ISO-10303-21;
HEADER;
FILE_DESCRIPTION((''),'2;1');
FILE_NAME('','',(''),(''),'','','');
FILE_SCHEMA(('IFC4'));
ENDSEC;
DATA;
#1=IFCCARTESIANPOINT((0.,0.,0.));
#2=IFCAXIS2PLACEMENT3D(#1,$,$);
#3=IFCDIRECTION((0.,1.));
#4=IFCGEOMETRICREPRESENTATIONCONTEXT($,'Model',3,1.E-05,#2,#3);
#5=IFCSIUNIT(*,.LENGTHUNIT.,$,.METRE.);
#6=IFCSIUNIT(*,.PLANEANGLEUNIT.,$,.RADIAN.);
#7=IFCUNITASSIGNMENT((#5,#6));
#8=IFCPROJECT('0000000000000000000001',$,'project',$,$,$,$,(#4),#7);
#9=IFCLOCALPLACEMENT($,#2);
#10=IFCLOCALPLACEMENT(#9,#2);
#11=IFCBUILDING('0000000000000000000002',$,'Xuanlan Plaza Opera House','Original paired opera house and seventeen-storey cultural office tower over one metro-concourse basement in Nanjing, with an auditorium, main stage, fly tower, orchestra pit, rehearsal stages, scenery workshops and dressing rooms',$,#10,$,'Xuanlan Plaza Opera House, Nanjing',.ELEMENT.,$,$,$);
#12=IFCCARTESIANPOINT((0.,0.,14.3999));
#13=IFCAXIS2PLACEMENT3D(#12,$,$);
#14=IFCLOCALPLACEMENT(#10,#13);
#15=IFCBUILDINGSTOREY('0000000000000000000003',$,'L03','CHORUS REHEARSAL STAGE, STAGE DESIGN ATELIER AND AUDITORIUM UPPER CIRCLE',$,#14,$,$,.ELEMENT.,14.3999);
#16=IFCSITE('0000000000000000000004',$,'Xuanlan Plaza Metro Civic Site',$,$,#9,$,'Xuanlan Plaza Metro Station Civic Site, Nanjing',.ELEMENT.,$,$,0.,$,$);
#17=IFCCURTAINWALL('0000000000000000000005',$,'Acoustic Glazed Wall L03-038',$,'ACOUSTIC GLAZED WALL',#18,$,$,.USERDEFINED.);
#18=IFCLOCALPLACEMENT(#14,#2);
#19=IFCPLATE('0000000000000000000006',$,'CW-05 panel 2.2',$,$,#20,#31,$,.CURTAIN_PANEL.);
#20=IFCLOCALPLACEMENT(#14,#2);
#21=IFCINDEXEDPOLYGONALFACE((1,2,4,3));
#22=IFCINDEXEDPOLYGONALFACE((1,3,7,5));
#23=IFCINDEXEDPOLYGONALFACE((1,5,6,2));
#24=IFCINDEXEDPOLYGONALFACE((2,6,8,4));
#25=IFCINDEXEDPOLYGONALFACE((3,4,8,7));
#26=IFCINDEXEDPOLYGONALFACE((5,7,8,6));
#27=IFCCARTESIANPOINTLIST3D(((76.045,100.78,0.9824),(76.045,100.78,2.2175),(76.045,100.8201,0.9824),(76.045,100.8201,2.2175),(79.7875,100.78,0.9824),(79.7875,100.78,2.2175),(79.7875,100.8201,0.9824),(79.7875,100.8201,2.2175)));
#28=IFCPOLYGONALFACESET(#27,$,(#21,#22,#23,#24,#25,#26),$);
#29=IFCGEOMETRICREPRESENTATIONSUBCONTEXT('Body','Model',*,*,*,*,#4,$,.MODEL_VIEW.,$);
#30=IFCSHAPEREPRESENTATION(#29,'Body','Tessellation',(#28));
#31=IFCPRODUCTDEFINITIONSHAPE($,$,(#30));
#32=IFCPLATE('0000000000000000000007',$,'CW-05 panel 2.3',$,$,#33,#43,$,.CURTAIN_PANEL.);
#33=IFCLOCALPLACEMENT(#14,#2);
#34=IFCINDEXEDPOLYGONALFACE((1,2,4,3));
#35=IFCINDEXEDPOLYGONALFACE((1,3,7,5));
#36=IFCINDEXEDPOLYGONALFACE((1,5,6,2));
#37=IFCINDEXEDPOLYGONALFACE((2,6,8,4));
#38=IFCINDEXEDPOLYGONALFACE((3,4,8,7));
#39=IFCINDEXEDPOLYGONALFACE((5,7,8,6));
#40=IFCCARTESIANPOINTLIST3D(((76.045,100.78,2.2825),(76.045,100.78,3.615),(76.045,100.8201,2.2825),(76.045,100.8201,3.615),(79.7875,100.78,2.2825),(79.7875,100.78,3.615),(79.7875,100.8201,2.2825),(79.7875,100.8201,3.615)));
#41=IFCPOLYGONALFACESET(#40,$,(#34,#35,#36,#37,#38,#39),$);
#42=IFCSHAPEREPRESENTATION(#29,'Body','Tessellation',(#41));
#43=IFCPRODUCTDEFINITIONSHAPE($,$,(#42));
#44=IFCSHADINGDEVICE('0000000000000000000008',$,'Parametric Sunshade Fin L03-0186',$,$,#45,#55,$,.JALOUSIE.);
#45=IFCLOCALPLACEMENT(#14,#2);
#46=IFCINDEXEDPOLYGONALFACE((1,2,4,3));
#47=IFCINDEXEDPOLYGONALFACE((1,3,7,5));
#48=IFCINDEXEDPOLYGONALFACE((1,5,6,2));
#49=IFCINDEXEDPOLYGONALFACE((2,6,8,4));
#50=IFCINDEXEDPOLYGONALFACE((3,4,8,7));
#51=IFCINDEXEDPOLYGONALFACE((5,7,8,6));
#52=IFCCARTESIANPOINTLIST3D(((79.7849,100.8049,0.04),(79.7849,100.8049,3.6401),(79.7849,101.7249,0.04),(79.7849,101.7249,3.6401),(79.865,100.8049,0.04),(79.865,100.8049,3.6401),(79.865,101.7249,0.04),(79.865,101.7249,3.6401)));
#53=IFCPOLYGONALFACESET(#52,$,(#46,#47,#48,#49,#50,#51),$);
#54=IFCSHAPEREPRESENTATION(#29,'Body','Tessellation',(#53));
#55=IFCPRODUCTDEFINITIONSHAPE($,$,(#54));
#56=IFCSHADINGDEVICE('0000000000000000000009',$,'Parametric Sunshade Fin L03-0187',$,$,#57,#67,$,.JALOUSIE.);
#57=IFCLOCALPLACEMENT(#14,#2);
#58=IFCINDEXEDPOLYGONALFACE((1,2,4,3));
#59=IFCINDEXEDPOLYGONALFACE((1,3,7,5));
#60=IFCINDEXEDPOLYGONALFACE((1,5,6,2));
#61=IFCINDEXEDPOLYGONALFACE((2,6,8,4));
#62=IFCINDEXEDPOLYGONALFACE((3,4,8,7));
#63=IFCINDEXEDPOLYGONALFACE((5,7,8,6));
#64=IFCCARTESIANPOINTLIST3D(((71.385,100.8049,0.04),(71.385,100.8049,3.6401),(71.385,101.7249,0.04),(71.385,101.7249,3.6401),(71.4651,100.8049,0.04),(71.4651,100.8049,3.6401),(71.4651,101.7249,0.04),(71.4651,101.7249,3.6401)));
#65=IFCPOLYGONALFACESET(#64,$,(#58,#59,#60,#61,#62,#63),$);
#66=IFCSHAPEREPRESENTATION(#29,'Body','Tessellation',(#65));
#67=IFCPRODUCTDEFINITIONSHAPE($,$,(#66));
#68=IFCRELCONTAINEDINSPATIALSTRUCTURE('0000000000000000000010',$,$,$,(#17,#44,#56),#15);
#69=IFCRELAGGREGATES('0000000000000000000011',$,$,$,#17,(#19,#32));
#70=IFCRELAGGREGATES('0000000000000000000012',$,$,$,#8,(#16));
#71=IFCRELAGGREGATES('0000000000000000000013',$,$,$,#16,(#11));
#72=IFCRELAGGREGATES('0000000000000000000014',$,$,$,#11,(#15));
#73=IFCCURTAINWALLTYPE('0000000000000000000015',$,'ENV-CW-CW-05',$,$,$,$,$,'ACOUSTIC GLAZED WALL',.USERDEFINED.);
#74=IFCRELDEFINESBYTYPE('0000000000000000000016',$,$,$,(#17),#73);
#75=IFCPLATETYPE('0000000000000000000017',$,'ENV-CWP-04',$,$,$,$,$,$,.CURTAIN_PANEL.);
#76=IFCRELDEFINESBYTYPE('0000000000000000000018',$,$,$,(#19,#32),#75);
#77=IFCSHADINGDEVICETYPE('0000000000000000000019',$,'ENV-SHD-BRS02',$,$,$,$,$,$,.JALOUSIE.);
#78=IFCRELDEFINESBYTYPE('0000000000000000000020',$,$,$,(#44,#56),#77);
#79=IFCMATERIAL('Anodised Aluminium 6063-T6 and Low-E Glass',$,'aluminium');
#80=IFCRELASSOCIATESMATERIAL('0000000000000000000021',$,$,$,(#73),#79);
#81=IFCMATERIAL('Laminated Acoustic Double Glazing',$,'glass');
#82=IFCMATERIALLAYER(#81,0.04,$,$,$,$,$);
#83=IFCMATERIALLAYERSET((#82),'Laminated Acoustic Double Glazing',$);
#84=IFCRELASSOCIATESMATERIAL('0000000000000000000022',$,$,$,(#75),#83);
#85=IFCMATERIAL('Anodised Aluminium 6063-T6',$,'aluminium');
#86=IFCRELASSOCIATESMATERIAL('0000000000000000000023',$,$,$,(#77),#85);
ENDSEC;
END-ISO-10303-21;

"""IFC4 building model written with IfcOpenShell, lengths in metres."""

from ifc_helpers import new_model, si_unit, direction, frame, origin, origin_2d, place, context, subcontext, project, spatial, rectangle, extrude, material, layer, layer_set, type_object, element, aggregate, save


model = new_model("IFC4")

# Units and contexts
model_context = context("Model", 3, precision=1e-05, world=origin(), true_north=direction((0.0, 1.0)))
body_context = subcontext(model_context, "Body", "Model", "MODEL_VIEW")
ifc_project = project(units=[si_unit("LENGTHUNIT", "METRE"), si_unit("PLANEANGLEUNIT", "RADIAN")], contexts=[model_context])

# Site, building, storey
site_placement = place(None, origin())
site = spatial("IfcSite", under=ifc_project, at=site_placement, Name="Xuanlan Plaza Metro Civic Site", LongName="Xuanlan Plaza Metro Station Civic Site, Nanjing", CompositionType="ELEMENT", RefElevation=0.0)
building_placement = place(site_placement, origin())
building = spatial("IfcBuilding", under=site, at=building_placement, Name="Xuanlan Plaza Opera House", Description="Original paired opera house and seventeen-storey cultural office tower over one metro-concourse basement in Nanjing, with an auditorium, main stage, fly tower, orchestra pit, rehearsal stages, scenery workshops and dressing rooms", LongName="Xuanlan Plaza Opera House, Nanjing", CompositionType="ELEMENT")
storey_placement = place(building_placement, frame((0.0, 0.0, 14.3999)))
storey = spatial("IfcBuildingStorey", under=building, at=storey_placement, Name="L03", Description="CHORUS REHEARSAL STAGE, STAGE DESIGN ATELIER AND AUDITORIUM UPPER CIRCLE", CompositionType="ELEMENT", Elevation=14.3999)

# Curtain wall
ifc_material_1 = material(Name="Anodised Aluminium 6063-T6 and Low-E Glass", Category="aluminium")
curtain_wall_type_1 = type_object("IfcCurtainWallType", Name="ENV-CW-CW-05", ElementType="ACOUSTIC GLAZED WALL", PredefinedType="USERDEFINED", material=ifc_material_1)
curtain_wall_1_placement = place(storey_placement, origin())
curtain_wall_1 = element("IfcCurtainWall", 1, at=curtain_wall_1_placement, inside=storey, type_object=curtain_wall_type_1, Name="Acoustic Glazed Wall L03-038", ObjectType="ACOUSTIC GLAZED WALL", PredefinedType="USERDEFINED")
ifc_material_2 = material(Name="Anodised Aluminium 6063-T6", Category="aluminium")

# Plates
ifc_material_3 = material(Name="Laminated Acoustic Double Glazing", Category="glass")
ifc_layer_1 = layer(ifc_material_3, 0.04)
ifc_layer_set_1 = layer_set([ifc_layer_1], Name="Laminated Acoustic Double Glazing")
plate_type_1 = type_object("IfcPlateType", Name="ENV-CWP-04", PredefinedType="CURTAIN_PANEL", material=ifc_layer_set_1)
plate_1_placement = place(storey_placement, frame((77.9163, 100.8, 0.9824), z_axis=(0.0, 0.0, 1.0), x_axis=(-1.0, 0.0, 0.0)))
plate_1 = element("IfcPlate", 2, at=plate_1_placement, type_object=plate_type_1, Name="CW-05 panel 2.2", PredefinedType="CURTAIN_PANEL", context=body_context, shape_type="SweptSolid", body=[
    extrude(rectangle(XDim=3.7424, YDim=0.04, at=origin_2d()), origin(), (0.0, 0.0, 1.0), 1.2351),
])
plate_2_placement = place(storey_placement, frame((77.9163, 100.8, 2.2825), z_axis=(0.0, 0.0, 1.0), x_axis=(-1.0, 0.0, 0.0)))
plate_2 = element("IfcPlate", 3, at=plate_2_placement, type_object=plate_type_1, Name="CW-05 panel 2.3", PredefinedType="CURTAIN_PANEL", context=body_context, shape_type="SweptSolid", body=[
    extrude(rectangle(XDim=3.7424, YDim=0.04, at=origin_2d()), origin(), (0.0, 0.0, 1.0), 1.3325),
])
aggregate(curtain_wall_1, [plate_1, plate_2])

# Shading devices
shading_device_type = type_object("IfcShadingDeviceType", Name="ENV-SHD-BRS02", PredefinedType="JALOUSIE", material=ifc_material_2)
for number, where, z_axis, x_axis, name in (
    (4, (79.825, 101.2649, 0.04), (0.0, 0.0, 1.0), (0.0, 1.0, 0.0), "Parametric Sunshade Fin L03-0186"),
    (5, (71.425, 101.2649, 0.04), (0.0, 0.0, 1.0), (0.0, 1.0, 0.0), "Parametric Sunshade Fin L03-0187"),
):
    element("IfcShadingDevice", number, at=place(storey_placement, frame(where, z_axis=z_axis, x_axis=x_axis)), inside=storey, type_object=shading_device_type, Name=name, PredefinedType="JALOUSIE", context=body_context, shape_type="SweptSolid", body=[
        extrude(rectangle(XDim=0.9199, YDim=0.0801, at=origin_2d()), origin(), (0.0, 0.0, 1.0), 3.6001),
    ])

save(model, "model.ifc")
